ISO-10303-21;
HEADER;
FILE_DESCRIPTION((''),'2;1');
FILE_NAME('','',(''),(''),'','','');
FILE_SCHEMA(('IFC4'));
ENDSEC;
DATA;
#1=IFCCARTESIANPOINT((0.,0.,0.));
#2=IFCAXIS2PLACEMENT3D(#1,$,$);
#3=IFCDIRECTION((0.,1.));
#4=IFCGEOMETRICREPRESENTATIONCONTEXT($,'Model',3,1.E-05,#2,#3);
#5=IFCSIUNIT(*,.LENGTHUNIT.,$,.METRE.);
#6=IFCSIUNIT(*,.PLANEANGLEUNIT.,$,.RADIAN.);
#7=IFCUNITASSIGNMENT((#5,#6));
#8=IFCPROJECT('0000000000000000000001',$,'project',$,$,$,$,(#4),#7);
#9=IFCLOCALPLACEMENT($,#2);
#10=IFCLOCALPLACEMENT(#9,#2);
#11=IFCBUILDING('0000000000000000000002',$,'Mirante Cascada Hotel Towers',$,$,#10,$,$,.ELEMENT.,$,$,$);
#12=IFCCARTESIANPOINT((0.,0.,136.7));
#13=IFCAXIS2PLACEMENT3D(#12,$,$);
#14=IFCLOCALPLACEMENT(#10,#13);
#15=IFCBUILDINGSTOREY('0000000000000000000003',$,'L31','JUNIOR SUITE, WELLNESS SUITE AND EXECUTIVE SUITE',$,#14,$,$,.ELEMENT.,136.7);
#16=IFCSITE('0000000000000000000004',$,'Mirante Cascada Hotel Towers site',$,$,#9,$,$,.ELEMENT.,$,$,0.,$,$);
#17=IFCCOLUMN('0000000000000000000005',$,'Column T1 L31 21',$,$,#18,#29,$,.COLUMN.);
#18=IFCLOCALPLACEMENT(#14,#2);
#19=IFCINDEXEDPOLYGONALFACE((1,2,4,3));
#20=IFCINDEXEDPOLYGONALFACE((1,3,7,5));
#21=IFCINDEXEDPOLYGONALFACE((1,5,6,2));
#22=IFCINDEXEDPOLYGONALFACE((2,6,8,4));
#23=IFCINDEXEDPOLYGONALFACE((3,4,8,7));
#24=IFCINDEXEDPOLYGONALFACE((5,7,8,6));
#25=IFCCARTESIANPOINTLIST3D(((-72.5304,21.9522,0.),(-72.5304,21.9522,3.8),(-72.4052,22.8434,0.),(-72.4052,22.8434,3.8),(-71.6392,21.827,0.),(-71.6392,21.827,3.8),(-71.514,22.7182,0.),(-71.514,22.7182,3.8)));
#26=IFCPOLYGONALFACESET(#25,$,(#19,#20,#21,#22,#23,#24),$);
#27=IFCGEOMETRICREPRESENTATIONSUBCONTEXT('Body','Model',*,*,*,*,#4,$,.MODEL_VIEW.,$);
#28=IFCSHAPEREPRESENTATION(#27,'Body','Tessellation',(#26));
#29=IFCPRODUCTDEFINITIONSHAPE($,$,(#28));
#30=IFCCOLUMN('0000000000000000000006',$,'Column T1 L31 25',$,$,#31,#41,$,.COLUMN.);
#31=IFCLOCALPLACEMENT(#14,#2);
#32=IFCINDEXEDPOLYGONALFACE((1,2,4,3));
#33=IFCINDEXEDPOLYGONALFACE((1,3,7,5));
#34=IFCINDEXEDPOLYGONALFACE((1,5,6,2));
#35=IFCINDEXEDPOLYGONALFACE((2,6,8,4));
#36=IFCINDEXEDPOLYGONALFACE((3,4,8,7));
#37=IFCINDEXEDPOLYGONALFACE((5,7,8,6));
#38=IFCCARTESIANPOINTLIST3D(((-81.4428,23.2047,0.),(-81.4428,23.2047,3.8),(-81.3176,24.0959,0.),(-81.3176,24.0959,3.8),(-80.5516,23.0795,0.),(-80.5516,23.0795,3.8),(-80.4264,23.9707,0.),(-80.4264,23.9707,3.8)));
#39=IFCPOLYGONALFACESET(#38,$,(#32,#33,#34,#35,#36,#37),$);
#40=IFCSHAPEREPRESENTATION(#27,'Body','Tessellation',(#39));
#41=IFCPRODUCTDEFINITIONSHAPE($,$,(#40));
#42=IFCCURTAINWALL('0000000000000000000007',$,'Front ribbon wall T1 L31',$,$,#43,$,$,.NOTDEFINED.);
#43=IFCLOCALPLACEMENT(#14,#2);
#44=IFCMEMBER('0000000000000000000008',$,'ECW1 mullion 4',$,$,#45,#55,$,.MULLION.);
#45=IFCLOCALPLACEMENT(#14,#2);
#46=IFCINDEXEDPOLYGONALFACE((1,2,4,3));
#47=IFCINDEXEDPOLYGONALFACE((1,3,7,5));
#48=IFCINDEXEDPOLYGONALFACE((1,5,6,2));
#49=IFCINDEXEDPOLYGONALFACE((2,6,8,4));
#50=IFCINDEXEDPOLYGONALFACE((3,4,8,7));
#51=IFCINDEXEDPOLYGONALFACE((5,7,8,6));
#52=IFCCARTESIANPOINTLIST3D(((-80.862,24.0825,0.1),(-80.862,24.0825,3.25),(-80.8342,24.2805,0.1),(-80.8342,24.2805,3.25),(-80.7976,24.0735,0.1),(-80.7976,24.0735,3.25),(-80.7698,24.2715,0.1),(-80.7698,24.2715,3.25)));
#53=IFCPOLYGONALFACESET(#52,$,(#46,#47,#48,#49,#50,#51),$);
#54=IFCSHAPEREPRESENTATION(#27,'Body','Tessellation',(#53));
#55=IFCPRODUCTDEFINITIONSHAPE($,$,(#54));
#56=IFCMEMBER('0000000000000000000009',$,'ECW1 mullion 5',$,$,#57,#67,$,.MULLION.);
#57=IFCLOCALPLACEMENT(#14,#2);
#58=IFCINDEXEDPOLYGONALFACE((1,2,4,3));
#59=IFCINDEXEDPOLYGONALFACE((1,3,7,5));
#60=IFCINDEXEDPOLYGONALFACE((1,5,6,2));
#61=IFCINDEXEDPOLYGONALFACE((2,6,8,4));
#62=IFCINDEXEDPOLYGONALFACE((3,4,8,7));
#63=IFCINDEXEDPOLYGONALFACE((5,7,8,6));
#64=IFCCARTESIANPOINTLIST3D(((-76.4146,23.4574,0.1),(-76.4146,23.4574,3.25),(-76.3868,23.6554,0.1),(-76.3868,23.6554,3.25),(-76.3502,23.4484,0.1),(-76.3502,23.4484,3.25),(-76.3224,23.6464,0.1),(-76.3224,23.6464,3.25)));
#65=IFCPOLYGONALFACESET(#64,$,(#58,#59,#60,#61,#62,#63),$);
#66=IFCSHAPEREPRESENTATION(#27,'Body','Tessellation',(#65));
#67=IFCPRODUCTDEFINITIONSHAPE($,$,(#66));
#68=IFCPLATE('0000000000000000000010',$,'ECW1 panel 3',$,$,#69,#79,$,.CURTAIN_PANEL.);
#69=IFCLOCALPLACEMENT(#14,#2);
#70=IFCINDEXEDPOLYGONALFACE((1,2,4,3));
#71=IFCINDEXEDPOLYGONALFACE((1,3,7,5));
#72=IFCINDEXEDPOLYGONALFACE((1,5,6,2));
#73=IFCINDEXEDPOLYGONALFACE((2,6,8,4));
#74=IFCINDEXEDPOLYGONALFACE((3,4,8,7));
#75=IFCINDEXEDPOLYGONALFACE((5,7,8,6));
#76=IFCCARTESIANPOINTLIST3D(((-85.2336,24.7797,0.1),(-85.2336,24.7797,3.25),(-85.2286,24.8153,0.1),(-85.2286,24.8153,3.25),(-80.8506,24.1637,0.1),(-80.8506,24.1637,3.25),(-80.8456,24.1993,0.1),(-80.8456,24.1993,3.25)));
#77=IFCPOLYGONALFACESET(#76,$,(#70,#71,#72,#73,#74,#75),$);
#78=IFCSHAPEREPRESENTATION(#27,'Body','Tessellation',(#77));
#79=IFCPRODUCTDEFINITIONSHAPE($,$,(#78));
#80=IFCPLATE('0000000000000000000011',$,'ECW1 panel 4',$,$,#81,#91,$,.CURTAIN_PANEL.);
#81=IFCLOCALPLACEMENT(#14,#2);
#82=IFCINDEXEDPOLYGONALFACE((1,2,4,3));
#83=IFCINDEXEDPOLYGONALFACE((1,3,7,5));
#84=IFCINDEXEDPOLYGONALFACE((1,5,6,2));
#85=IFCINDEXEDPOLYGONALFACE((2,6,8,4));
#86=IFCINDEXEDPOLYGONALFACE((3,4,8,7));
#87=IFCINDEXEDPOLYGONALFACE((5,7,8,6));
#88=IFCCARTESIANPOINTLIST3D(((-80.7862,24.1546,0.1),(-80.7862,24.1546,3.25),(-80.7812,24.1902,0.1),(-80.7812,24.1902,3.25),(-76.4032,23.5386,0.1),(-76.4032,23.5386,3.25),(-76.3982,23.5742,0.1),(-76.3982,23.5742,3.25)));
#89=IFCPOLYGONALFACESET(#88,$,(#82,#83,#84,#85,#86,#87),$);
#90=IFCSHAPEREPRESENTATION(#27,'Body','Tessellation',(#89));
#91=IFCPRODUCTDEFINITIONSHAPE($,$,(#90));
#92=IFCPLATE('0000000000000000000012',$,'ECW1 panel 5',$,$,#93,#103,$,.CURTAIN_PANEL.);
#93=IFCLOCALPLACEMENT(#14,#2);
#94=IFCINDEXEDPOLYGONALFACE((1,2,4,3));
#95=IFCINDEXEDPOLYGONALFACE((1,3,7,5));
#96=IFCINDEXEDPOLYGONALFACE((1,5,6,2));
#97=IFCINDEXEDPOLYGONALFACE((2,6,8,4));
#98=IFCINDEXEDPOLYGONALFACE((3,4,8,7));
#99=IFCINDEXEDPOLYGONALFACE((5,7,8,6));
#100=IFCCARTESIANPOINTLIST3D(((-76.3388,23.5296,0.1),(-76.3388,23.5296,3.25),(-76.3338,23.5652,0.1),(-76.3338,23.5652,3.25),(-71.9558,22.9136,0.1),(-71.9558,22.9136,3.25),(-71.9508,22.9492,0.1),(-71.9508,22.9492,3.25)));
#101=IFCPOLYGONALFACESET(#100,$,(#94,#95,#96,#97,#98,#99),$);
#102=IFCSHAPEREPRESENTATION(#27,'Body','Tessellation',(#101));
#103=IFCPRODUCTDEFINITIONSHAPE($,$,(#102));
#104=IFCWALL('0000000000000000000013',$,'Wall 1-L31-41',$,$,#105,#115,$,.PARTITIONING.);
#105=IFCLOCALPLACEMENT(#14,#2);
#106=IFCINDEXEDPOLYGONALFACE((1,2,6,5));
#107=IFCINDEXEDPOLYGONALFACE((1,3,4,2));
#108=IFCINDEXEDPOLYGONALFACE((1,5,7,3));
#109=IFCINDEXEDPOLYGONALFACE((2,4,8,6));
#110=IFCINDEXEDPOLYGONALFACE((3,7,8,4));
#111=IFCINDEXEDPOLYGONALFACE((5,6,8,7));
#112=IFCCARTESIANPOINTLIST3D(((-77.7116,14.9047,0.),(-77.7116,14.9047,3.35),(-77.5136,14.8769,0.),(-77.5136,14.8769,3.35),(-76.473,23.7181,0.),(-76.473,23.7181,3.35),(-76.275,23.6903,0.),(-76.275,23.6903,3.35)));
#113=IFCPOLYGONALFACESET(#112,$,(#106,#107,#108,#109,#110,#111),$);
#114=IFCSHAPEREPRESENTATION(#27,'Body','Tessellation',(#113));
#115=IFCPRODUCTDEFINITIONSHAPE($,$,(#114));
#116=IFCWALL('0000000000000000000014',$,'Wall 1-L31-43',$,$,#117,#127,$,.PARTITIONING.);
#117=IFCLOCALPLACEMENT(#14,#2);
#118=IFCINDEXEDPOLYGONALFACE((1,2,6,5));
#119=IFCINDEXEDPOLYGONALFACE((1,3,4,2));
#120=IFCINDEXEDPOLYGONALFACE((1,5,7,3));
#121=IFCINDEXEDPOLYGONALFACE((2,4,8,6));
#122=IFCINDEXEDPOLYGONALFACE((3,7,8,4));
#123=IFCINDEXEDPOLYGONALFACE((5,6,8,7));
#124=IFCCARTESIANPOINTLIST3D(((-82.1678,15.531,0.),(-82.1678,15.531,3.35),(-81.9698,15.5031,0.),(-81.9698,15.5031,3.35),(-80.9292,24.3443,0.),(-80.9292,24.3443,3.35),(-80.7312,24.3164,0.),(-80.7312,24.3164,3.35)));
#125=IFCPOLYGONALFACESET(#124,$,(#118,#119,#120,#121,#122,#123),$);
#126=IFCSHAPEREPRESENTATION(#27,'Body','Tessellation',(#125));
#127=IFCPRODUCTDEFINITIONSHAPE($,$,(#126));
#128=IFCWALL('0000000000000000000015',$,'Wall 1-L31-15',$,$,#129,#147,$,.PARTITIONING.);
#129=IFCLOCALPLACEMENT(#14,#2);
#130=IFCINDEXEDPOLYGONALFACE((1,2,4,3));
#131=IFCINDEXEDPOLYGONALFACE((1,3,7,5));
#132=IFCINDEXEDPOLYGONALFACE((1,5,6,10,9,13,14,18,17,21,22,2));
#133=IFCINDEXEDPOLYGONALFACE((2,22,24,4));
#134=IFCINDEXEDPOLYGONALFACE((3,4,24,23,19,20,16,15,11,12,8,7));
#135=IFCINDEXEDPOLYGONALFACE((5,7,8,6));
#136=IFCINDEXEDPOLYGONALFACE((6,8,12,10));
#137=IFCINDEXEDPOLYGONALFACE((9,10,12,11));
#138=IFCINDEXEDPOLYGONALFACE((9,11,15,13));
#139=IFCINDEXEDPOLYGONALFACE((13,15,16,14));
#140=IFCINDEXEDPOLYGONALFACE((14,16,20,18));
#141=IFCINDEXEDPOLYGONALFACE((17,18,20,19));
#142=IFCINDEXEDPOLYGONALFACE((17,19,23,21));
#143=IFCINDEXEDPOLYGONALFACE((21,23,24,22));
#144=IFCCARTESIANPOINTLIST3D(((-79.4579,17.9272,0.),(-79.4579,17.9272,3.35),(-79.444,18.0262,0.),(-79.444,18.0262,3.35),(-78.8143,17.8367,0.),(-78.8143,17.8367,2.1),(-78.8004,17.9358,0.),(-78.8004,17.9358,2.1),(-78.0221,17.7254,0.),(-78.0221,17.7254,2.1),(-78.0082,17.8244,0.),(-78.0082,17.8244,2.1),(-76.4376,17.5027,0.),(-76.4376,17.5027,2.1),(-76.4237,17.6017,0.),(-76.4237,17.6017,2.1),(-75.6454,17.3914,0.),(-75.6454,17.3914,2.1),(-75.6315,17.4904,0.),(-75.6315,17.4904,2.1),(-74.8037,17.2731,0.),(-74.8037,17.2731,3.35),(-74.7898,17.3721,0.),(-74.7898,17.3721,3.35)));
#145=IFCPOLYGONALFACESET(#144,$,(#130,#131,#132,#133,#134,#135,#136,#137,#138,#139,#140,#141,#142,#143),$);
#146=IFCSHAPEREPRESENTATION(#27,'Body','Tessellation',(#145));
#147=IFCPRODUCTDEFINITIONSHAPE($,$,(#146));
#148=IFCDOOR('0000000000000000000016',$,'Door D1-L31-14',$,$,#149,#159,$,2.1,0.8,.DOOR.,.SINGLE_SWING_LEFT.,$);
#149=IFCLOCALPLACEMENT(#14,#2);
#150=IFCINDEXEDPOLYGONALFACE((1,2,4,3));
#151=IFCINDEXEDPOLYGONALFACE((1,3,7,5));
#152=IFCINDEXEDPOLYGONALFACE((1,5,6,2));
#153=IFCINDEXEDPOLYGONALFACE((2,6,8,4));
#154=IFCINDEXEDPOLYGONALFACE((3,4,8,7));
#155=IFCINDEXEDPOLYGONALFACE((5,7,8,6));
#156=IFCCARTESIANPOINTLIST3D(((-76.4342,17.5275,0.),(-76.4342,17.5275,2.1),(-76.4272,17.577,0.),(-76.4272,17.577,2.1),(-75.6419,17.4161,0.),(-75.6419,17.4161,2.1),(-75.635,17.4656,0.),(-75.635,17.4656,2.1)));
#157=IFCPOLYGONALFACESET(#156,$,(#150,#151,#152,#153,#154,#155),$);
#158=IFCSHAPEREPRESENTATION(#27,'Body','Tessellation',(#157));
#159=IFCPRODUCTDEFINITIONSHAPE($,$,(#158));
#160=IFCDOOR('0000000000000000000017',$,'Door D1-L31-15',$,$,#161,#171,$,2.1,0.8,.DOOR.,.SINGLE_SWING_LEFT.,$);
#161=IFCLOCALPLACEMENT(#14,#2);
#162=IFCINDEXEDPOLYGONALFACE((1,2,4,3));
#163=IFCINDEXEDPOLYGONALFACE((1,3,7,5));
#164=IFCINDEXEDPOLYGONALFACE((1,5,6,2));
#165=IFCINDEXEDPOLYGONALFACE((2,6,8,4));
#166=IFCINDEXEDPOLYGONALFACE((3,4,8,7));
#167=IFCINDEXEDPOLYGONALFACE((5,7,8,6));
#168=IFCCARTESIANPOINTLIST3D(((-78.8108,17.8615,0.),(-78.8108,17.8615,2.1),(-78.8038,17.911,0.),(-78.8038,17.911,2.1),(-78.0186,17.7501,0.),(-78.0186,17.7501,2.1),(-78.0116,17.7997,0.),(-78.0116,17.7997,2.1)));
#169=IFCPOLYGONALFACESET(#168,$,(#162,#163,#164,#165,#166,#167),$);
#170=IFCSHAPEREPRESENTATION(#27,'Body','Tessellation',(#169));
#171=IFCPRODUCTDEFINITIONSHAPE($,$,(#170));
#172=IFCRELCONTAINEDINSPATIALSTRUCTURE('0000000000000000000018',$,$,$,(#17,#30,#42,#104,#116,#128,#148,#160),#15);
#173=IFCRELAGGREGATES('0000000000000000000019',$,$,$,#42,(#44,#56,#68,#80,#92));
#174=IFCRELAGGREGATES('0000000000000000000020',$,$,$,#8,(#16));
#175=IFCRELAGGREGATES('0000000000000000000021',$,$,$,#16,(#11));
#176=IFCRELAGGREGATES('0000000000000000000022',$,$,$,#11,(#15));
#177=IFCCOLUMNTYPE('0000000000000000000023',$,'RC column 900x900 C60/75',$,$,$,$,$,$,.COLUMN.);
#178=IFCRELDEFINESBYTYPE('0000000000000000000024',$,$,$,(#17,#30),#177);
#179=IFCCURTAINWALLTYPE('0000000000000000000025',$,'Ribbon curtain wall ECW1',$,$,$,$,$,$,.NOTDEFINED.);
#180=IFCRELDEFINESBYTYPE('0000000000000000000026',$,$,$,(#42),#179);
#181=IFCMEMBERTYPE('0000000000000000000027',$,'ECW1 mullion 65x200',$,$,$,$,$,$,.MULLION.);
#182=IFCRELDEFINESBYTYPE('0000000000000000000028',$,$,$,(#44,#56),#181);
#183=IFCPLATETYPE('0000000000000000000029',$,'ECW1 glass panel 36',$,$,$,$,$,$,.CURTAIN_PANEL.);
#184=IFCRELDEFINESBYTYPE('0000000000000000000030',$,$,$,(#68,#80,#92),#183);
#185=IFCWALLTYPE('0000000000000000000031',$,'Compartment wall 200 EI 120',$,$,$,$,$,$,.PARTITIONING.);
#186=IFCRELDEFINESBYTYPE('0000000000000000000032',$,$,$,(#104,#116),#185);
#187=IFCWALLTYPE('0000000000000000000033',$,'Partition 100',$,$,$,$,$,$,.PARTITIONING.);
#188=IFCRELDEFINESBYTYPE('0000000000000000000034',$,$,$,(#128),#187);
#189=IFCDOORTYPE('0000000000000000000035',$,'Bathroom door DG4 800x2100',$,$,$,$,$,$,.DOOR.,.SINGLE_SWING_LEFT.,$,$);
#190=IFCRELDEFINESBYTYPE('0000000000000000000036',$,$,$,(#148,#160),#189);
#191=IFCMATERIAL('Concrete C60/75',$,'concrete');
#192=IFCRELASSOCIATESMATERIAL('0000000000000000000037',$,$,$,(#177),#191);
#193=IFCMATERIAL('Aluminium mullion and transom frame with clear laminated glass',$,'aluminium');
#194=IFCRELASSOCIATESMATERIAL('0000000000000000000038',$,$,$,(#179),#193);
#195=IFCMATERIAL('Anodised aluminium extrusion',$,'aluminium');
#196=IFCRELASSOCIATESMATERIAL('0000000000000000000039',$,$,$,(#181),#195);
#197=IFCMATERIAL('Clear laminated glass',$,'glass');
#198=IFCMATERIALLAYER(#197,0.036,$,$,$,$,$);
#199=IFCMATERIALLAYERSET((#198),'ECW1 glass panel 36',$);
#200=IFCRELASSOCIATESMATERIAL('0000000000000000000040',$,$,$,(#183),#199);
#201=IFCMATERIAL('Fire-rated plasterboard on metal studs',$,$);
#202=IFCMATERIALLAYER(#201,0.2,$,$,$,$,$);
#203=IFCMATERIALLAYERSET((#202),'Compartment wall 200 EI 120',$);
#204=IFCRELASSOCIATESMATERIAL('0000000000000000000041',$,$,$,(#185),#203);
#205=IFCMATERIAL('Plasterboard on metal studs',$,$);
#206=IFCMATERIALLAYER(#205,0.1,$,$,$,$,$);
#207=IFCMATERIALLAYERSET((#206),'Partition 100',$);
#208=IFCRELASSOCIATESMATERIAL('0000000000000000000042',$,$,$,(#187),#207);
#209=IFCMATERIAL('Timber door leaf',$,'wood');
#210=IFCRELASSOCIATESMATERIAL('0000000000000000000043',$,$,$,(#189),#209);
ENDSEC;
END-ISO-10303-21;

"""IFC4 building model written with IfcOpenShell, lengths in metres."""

from ifc_helpers import new_model, si_unit, direction, frame, frame_2d, origin, origin_2d, place, context, subcontext, project, spatial, rectangle, extrude, material, layer, layer_set, material_profile, profile_set, type_object, element, fill, aggregate, save


model = new_model("IFC4")

# Units and contexts
model_context = context("Model", 3, precision=1e-05, world=origin(), true_north=direction((0.0, 1.0)))
body_context = subcontext(model_context, "Body", "Model", "MODEL_VIEW")
ifc_project = project(units=[si_unit("LENGTHUNIT", "METRE"), si_unit("PLANEANGLEUNIT", "RADIAN")], contexts=[model_context])

# Site, building, storey
site_placement = place(None, origin())
site = spatial("IfcSite", under=ifc_project, at=site_placement, Name="Mirante Cascada Hotel Towers site", CompositionType="ELEMENT", RefElevation=0.0)
building_placement = place(site_placement, origin())
building = spatial("IfcBuilding", under=site, at=building_placement, Name="Mirante Cascada Hotel Towers", CompositionType="ELEMENT")
storey_placement = place(building_placement, frame((0.0, 0.0, 136.7)))
storey = spatial("IfcBuildingStorey", under=building, at=storey_placement, Name="L31", Description="JUNIOR SUITE, WELLNESS SUITE AND EXECUTIVE SUITE", CompositionType="ELEMENT", Elevation=136.7)

# Columns
ifc_material_1 = material(Name="Concrete C60/75", Category="concrete")
ifc_material_profile_1 = material_profile(ifc_material_1, rectangle(XDim=0.9, YDim=0.9, at=origin_2d()), Name="RC column 900x900 C60/75")
ifc_profile_set_1 = profile_set([ifc_material_profile_1], Name="Concrete C60/75")
column_type = type_object("IfcColumnType", Name="RC column 900x900 C60/75", PredefinedType="COLUMN", material=ifc_profile_set_1)
for number, where, z_axis, x_axis, name in (
    (1, (-72.0222, 22.3352, 0.0), (0.0, 0.0, 1.0), (-0.990268, 0.139173, 0.0), "Column T1 L31 21"),
    (2, (-80.9346, 23.5877, 0.0), (0.0, 0.0, 1.0), (-0.990268, 0.139173, 0.0), "Column T1 L31 25"),
):
    element("IfcColumn", number, at=place(storey_placement, frame(where, z_axis=z_axis, x_axis=x_axis)), inside=storey, type_object=column_type, Name=name, PredefinedType="COLUMN", context=body_context, shape_type="SweptSolid", body=[
        extrude(rectangle(XDim=0.9, YDim=0.9, at=origin_2d()), origin(), (0.0, 0.0, 1.0), 3.8),
    ])

# Curtain wall, members, plates
ifc_material_2 = material(Name="Aluminium mullion and transom frame with clear laminated glass", Category="aluminium")
curtain_wall_type = type_object("IfcCurtainWallType", Name="Ribbon curtain wall ECW1", PredefinedType="NOTDEFINED", material=ifc_material_2)
curtain_wall_placement = place(storey_placement, origin())
curtain_wall = element("IfcCurtainWall", 3, at=curtain_wall_placement, inside=storey, type_object=curtain_wall_type, Name="Front ribbon wall T1 L31", PredefinedType="NOTDEFINED")
ifc_material_3 = material(Name="Anodised aluminium extrusion", Category="aluminium")
ifc_material_profile_2 = material_profile(ifc_material_3, rectangle(XDim=0.2, YDim=0.065, at=origin_2d()), Name="ECW1 MULLION 65x200")
ifc_profile_set_2 = profile_set([ifc_material_profile_2], Name="Anodised aluminium extrusion")
member_type = type_object("IfcMemberType", Name="ECW1 mullion 65x200", PredefinedType="MULLION", material=ifc_profile_set_2)
member_1_placement = place(storey_placement, frame((-80.8159, 24.177, 0.1), z_axis=(0.0, 0.0, 1.0), x_axis=(0.139173, 0.990268, 0.0)))
member_1 = element("IfcMember", 4, at=member_1_placement, type_object=member_type, Name="ECW1 mullion 4", PredefinedType="MULLION", context=body_context, shape_type="SweptSolid", body=[
    extrude(rectangle(XDim=0.2, YDim=0.065, at=origin_2d()), origin(), (0.0, 0.0, 1.0), 3.15),
])
member_2_placement = place(storey_placement, frame((-76.3685, 23.5519, 0.1), z_axis=(0.0, 0.0, 1.0), x_axis=(0.139173, 0.990268, 0.0)))
member_2 = element("IfcMember", 5, at=member_2_placement, type_object=member_type, Name="ECW1 mullion 5", PredefinedType="MULLION", context=body_context, shape_type="SweptSolid", body=[
    extrude(rectangle(XDim=0.2, YDim=0.065, at=origin_2d()), origin(), (0.0, 0.0, 1.0), 3.15),
])
ifc_material_4 = material(Name="Clear laminated glass", Category="glass")
ifc_layer_1 = layer(ifc_material_4, 0.036)
ifc_layer_set_1 = layer_set([ifc_layer_1], Name="ECW1 glass panel 36")
plate_type = type_object("IfcPlateType", Name="ECW1 glass panel 36", PredefinedType="CURTAIN_PANEL", material=ifc_layer_set_1)
plate_1_placement = place(storey_placement, frame((-83.0396, 24.4895, 0.1), z_axis=(0.0, 0.0, 1.0), x_axis=(0.990268, -0.139173, 0.0)))
plate_1 = element("IfcPlate", 6, at=plate_1_placement, type_object=plate_type, Name="ECW1 panel 3", PredefinedType="CURTAIN_PANEL", context=body_context, shape_type="SweptSolid", body=[
    extrude(rectangle(XDim=4.4261, YDim=0.036, at=origin_2d()), origin(), (0.0, 0.0, 1.0), 3.15),
])
plate_2_placement = place(storey_placement, frame((-78.5922, 23.8644, 0.1), z_axis=(0.0, 0.0, 1.0), x_axis=(0.990268, -0.139173, 0.0)))
plate_2 = element("IfcPlate", 7, at=plate_2_placement, type_object=plate_type, Name="ECW1 panel 4", PredefinedType="CURTAIN_PANEL", context=body_context, shape_type="SweptSolid", body=[
    extrude(rectangle(XDim=4.4261, YDim=0.036, at=origin_2d()), origin(), (0.0, 0.0, 1.0), 3.15),
])
plate_3_placement = place(storey_placement, frame((-74.1448, 23.2394, 0.1), z_axis=(0.0, 0.0, 1.0), x_axis=(0.990268, -0.139173, 0.0)))
plate_3 = element("IfcPlate", 8, at=plate_3_placement, type_object=plate_type, Name="ECW1 panel 5", PredefinedType="CURTAIN_PANEL", context=body_context, shape_type="SweptSolid", body=[
    extrude(rectangle(XDim=4.4261, YDim=0.036, at=origin_2d()), origin(), (0.0, 0.0, 1.0), 3.15),
])
aggregate(curtain_wall, [member_1, member_2, plate_1, plate_2, plate_3])

# Walls
ifc_material_5 = material(Name="Fire-rated plasterboard on metal studs")
ifc_layer_2 = layer(ifc_material_5, 0.2)
ifc_layer_set_2 = layer_set([ifc_layer_2], Name="Compartment wall 200 EI 120")
wall_type_1 = type_object("IfcWallType", Name="Compartment wall 200 EI 120", PredefinedType="PARTITIONING", material=ifc_layer_set_2)
wall_1_placement = place(storey_placement, frame((-76.374, 23.7042, 0.0), z_axis=(0.0, 0.0, 1.0), x_axis=(-0.139168, -0.990269, 0.0)))
element("IfcWall", 9, at=wall_1_placement, inside=storey, type_object=wall_type_1, Name="Wall 1-L31-41", PredefinedType="PARTITIONING", context=body_context, shape_type="SweptSolid", body=[
    extrude(rectangle(XDim=8.9, YDim=0.2, at=frame_2d((4.45, 0.0))), origin(), (0.0, 0.0, 1.0), 3.35),
])
wall_2_placement = place(storey_placement, frame((-80.8302, 24.3304, 0.0), z_axis=(0.0, 0.0, 1.0), x_axis=(-0.13917, -0.990268, 0.0)))
element("IfcWall", 10, at=wall_2_placement, inside=storey, type_object=wall_type_1, Name="Wall 1-L31-43", PredefinedType="PARTITIONING", context=body_context, shape_type="SweptSolid", body=[
    extrude(rectangle(XDim=8.8999, YDim=0.2, at=frame_2d((4.45, 0.0))), origin(), (0.0, 0.0, 1.0), 3.35),
])

# Wall, openings, doors
ifc_material_6 = material(Name="Plasterboard on metal studs")
ifc_layer_3 = layer(ifc_material_6, 0.1)
ifc_layer_set_3 = layer_set([ifc_layer_3], Name="Partition 100")
wall_type_2 = type_object("IfcWallType", Name="Partition 100", PredefinedType="PARTITIONING", material=ifc_layer_set_3)
wall_3_placement = place(storey_placement, frame((-79.451, 17.9767, 0.0), z_axis=(0.0, 0.0, 1.0), x_axis=(0.990268, -0.139172, 0.0)))
wall_3 = element("IfcWall", 11, at=wall_3_placement, inside=storey, type_object=wall_type_2, Name="Wall 1-L31-15", PredefinedType="PARTITIONING", context=body_context, shape_type="SweptSolid", body=[
    extrude(rectangle(XDim=4.6999, YDim=0.1, at=frame_2d((2.35, 0.0))), origin(), (0.0, 0.0, 1.0), 3.35),
])
opening_1_placement = place(wall_3_placement, frame((3.05, 0.0, 0.0)))
opening_1 = element("IfcOpeningElement", 12, at=opening_1_placement, cuts=wall_3, PredefinedType="OPENING", context=body_context, shape_type="SweptSolid", body=[
    extrude(rectangle(XDim=0.8, YDim=2.1, at=frame_2d((0.4, 1.05))), frame((0.0, 0.05, 0.0), z_axis=(0.0, -1.0, 0.0), x_axis=(1.0, 0.0, 0.0)), (0.0, 0.0, 1.0), 0.1),
])
opening_2_placement = place(wall_3_placement, frame((0.65, 0.0, 0.0)))
opening_2 = element("IfcOpeningElement", 13, at=opening_2_placement, cuts=wall_3, PredefinedType="OPENING", context=body_context, shape_type="SweptSolid", body=[
    extrude(rectangle(XDim=0.8, YDim=2.1, at=frame_2d((0.4, 1.05))), frame((0.0, 0.05, 0.0), z_axis=(0.0, -1.0, 0.0), x_axis=(1.0, 0.0, 0.0)), (0.0, 0.0, 1.0), 0.1),
])
ifc_material_7 = material(Name="Timber door leaf", Category="wood")
door_type = type_object("IfcDoorType", Name="Bathroom door DG4 800x2100", OperationType="SINGLE_SWING_LEFT", PredefinedType="DOOR", material=ifc_material_7)
door_1_placement = place(opening_1_placement, origin())
door_1 = element("IfcDoor", 14, at=door_1_placement, inside=storey, type_object=door_type, Name="Door D1-L31-14", OperationType="SINGLE_SWING_LEFT", OverallHeight=2.1, OverallWidth=0.8, PredefinedType="DOOR", context=body_context, shape_type="SweptSolid", body=[
    extrude(rectangle(XDim=0.8, YDim=2.1, at=frame_2d((0.4, 1.05))), frame((0.0, 0.025, 0.0), z_axis=(0.0, -1.0, 0.0), x_axis=(1.0, 0.0, 0.0)), (0.0, 0.0, 1.0), 0.05),
])
fill(opening_1, door_1)
door_2_placement = place(opening_2_placement, origin())
door_2 = element("IfcDoor", 15, at=door_2_placement, inside=storey, type_object=door_type, Name="Door D1-L31-15", OperationType="SINGLE_SWING_LEFT", OverallHeight=2.1, OverallWidth=0.8, PredefinedType="DOOR", context=body_context, shape_type="SweptSolid", body=[
    extrude(rectangle(XDim=0.8, YDim=2.1, at=frame_2d((0.4, 1.05))), frame((0.0, 0.025, 0.0), z_axis=(0.0, -1.0, 0.0), x_axis=(1.0, 0.0, 0.0)), (0.0, 0.0, 1.0), 0.05),
])
fill(opening_2, door_2)

save(model, "model.ifc")
